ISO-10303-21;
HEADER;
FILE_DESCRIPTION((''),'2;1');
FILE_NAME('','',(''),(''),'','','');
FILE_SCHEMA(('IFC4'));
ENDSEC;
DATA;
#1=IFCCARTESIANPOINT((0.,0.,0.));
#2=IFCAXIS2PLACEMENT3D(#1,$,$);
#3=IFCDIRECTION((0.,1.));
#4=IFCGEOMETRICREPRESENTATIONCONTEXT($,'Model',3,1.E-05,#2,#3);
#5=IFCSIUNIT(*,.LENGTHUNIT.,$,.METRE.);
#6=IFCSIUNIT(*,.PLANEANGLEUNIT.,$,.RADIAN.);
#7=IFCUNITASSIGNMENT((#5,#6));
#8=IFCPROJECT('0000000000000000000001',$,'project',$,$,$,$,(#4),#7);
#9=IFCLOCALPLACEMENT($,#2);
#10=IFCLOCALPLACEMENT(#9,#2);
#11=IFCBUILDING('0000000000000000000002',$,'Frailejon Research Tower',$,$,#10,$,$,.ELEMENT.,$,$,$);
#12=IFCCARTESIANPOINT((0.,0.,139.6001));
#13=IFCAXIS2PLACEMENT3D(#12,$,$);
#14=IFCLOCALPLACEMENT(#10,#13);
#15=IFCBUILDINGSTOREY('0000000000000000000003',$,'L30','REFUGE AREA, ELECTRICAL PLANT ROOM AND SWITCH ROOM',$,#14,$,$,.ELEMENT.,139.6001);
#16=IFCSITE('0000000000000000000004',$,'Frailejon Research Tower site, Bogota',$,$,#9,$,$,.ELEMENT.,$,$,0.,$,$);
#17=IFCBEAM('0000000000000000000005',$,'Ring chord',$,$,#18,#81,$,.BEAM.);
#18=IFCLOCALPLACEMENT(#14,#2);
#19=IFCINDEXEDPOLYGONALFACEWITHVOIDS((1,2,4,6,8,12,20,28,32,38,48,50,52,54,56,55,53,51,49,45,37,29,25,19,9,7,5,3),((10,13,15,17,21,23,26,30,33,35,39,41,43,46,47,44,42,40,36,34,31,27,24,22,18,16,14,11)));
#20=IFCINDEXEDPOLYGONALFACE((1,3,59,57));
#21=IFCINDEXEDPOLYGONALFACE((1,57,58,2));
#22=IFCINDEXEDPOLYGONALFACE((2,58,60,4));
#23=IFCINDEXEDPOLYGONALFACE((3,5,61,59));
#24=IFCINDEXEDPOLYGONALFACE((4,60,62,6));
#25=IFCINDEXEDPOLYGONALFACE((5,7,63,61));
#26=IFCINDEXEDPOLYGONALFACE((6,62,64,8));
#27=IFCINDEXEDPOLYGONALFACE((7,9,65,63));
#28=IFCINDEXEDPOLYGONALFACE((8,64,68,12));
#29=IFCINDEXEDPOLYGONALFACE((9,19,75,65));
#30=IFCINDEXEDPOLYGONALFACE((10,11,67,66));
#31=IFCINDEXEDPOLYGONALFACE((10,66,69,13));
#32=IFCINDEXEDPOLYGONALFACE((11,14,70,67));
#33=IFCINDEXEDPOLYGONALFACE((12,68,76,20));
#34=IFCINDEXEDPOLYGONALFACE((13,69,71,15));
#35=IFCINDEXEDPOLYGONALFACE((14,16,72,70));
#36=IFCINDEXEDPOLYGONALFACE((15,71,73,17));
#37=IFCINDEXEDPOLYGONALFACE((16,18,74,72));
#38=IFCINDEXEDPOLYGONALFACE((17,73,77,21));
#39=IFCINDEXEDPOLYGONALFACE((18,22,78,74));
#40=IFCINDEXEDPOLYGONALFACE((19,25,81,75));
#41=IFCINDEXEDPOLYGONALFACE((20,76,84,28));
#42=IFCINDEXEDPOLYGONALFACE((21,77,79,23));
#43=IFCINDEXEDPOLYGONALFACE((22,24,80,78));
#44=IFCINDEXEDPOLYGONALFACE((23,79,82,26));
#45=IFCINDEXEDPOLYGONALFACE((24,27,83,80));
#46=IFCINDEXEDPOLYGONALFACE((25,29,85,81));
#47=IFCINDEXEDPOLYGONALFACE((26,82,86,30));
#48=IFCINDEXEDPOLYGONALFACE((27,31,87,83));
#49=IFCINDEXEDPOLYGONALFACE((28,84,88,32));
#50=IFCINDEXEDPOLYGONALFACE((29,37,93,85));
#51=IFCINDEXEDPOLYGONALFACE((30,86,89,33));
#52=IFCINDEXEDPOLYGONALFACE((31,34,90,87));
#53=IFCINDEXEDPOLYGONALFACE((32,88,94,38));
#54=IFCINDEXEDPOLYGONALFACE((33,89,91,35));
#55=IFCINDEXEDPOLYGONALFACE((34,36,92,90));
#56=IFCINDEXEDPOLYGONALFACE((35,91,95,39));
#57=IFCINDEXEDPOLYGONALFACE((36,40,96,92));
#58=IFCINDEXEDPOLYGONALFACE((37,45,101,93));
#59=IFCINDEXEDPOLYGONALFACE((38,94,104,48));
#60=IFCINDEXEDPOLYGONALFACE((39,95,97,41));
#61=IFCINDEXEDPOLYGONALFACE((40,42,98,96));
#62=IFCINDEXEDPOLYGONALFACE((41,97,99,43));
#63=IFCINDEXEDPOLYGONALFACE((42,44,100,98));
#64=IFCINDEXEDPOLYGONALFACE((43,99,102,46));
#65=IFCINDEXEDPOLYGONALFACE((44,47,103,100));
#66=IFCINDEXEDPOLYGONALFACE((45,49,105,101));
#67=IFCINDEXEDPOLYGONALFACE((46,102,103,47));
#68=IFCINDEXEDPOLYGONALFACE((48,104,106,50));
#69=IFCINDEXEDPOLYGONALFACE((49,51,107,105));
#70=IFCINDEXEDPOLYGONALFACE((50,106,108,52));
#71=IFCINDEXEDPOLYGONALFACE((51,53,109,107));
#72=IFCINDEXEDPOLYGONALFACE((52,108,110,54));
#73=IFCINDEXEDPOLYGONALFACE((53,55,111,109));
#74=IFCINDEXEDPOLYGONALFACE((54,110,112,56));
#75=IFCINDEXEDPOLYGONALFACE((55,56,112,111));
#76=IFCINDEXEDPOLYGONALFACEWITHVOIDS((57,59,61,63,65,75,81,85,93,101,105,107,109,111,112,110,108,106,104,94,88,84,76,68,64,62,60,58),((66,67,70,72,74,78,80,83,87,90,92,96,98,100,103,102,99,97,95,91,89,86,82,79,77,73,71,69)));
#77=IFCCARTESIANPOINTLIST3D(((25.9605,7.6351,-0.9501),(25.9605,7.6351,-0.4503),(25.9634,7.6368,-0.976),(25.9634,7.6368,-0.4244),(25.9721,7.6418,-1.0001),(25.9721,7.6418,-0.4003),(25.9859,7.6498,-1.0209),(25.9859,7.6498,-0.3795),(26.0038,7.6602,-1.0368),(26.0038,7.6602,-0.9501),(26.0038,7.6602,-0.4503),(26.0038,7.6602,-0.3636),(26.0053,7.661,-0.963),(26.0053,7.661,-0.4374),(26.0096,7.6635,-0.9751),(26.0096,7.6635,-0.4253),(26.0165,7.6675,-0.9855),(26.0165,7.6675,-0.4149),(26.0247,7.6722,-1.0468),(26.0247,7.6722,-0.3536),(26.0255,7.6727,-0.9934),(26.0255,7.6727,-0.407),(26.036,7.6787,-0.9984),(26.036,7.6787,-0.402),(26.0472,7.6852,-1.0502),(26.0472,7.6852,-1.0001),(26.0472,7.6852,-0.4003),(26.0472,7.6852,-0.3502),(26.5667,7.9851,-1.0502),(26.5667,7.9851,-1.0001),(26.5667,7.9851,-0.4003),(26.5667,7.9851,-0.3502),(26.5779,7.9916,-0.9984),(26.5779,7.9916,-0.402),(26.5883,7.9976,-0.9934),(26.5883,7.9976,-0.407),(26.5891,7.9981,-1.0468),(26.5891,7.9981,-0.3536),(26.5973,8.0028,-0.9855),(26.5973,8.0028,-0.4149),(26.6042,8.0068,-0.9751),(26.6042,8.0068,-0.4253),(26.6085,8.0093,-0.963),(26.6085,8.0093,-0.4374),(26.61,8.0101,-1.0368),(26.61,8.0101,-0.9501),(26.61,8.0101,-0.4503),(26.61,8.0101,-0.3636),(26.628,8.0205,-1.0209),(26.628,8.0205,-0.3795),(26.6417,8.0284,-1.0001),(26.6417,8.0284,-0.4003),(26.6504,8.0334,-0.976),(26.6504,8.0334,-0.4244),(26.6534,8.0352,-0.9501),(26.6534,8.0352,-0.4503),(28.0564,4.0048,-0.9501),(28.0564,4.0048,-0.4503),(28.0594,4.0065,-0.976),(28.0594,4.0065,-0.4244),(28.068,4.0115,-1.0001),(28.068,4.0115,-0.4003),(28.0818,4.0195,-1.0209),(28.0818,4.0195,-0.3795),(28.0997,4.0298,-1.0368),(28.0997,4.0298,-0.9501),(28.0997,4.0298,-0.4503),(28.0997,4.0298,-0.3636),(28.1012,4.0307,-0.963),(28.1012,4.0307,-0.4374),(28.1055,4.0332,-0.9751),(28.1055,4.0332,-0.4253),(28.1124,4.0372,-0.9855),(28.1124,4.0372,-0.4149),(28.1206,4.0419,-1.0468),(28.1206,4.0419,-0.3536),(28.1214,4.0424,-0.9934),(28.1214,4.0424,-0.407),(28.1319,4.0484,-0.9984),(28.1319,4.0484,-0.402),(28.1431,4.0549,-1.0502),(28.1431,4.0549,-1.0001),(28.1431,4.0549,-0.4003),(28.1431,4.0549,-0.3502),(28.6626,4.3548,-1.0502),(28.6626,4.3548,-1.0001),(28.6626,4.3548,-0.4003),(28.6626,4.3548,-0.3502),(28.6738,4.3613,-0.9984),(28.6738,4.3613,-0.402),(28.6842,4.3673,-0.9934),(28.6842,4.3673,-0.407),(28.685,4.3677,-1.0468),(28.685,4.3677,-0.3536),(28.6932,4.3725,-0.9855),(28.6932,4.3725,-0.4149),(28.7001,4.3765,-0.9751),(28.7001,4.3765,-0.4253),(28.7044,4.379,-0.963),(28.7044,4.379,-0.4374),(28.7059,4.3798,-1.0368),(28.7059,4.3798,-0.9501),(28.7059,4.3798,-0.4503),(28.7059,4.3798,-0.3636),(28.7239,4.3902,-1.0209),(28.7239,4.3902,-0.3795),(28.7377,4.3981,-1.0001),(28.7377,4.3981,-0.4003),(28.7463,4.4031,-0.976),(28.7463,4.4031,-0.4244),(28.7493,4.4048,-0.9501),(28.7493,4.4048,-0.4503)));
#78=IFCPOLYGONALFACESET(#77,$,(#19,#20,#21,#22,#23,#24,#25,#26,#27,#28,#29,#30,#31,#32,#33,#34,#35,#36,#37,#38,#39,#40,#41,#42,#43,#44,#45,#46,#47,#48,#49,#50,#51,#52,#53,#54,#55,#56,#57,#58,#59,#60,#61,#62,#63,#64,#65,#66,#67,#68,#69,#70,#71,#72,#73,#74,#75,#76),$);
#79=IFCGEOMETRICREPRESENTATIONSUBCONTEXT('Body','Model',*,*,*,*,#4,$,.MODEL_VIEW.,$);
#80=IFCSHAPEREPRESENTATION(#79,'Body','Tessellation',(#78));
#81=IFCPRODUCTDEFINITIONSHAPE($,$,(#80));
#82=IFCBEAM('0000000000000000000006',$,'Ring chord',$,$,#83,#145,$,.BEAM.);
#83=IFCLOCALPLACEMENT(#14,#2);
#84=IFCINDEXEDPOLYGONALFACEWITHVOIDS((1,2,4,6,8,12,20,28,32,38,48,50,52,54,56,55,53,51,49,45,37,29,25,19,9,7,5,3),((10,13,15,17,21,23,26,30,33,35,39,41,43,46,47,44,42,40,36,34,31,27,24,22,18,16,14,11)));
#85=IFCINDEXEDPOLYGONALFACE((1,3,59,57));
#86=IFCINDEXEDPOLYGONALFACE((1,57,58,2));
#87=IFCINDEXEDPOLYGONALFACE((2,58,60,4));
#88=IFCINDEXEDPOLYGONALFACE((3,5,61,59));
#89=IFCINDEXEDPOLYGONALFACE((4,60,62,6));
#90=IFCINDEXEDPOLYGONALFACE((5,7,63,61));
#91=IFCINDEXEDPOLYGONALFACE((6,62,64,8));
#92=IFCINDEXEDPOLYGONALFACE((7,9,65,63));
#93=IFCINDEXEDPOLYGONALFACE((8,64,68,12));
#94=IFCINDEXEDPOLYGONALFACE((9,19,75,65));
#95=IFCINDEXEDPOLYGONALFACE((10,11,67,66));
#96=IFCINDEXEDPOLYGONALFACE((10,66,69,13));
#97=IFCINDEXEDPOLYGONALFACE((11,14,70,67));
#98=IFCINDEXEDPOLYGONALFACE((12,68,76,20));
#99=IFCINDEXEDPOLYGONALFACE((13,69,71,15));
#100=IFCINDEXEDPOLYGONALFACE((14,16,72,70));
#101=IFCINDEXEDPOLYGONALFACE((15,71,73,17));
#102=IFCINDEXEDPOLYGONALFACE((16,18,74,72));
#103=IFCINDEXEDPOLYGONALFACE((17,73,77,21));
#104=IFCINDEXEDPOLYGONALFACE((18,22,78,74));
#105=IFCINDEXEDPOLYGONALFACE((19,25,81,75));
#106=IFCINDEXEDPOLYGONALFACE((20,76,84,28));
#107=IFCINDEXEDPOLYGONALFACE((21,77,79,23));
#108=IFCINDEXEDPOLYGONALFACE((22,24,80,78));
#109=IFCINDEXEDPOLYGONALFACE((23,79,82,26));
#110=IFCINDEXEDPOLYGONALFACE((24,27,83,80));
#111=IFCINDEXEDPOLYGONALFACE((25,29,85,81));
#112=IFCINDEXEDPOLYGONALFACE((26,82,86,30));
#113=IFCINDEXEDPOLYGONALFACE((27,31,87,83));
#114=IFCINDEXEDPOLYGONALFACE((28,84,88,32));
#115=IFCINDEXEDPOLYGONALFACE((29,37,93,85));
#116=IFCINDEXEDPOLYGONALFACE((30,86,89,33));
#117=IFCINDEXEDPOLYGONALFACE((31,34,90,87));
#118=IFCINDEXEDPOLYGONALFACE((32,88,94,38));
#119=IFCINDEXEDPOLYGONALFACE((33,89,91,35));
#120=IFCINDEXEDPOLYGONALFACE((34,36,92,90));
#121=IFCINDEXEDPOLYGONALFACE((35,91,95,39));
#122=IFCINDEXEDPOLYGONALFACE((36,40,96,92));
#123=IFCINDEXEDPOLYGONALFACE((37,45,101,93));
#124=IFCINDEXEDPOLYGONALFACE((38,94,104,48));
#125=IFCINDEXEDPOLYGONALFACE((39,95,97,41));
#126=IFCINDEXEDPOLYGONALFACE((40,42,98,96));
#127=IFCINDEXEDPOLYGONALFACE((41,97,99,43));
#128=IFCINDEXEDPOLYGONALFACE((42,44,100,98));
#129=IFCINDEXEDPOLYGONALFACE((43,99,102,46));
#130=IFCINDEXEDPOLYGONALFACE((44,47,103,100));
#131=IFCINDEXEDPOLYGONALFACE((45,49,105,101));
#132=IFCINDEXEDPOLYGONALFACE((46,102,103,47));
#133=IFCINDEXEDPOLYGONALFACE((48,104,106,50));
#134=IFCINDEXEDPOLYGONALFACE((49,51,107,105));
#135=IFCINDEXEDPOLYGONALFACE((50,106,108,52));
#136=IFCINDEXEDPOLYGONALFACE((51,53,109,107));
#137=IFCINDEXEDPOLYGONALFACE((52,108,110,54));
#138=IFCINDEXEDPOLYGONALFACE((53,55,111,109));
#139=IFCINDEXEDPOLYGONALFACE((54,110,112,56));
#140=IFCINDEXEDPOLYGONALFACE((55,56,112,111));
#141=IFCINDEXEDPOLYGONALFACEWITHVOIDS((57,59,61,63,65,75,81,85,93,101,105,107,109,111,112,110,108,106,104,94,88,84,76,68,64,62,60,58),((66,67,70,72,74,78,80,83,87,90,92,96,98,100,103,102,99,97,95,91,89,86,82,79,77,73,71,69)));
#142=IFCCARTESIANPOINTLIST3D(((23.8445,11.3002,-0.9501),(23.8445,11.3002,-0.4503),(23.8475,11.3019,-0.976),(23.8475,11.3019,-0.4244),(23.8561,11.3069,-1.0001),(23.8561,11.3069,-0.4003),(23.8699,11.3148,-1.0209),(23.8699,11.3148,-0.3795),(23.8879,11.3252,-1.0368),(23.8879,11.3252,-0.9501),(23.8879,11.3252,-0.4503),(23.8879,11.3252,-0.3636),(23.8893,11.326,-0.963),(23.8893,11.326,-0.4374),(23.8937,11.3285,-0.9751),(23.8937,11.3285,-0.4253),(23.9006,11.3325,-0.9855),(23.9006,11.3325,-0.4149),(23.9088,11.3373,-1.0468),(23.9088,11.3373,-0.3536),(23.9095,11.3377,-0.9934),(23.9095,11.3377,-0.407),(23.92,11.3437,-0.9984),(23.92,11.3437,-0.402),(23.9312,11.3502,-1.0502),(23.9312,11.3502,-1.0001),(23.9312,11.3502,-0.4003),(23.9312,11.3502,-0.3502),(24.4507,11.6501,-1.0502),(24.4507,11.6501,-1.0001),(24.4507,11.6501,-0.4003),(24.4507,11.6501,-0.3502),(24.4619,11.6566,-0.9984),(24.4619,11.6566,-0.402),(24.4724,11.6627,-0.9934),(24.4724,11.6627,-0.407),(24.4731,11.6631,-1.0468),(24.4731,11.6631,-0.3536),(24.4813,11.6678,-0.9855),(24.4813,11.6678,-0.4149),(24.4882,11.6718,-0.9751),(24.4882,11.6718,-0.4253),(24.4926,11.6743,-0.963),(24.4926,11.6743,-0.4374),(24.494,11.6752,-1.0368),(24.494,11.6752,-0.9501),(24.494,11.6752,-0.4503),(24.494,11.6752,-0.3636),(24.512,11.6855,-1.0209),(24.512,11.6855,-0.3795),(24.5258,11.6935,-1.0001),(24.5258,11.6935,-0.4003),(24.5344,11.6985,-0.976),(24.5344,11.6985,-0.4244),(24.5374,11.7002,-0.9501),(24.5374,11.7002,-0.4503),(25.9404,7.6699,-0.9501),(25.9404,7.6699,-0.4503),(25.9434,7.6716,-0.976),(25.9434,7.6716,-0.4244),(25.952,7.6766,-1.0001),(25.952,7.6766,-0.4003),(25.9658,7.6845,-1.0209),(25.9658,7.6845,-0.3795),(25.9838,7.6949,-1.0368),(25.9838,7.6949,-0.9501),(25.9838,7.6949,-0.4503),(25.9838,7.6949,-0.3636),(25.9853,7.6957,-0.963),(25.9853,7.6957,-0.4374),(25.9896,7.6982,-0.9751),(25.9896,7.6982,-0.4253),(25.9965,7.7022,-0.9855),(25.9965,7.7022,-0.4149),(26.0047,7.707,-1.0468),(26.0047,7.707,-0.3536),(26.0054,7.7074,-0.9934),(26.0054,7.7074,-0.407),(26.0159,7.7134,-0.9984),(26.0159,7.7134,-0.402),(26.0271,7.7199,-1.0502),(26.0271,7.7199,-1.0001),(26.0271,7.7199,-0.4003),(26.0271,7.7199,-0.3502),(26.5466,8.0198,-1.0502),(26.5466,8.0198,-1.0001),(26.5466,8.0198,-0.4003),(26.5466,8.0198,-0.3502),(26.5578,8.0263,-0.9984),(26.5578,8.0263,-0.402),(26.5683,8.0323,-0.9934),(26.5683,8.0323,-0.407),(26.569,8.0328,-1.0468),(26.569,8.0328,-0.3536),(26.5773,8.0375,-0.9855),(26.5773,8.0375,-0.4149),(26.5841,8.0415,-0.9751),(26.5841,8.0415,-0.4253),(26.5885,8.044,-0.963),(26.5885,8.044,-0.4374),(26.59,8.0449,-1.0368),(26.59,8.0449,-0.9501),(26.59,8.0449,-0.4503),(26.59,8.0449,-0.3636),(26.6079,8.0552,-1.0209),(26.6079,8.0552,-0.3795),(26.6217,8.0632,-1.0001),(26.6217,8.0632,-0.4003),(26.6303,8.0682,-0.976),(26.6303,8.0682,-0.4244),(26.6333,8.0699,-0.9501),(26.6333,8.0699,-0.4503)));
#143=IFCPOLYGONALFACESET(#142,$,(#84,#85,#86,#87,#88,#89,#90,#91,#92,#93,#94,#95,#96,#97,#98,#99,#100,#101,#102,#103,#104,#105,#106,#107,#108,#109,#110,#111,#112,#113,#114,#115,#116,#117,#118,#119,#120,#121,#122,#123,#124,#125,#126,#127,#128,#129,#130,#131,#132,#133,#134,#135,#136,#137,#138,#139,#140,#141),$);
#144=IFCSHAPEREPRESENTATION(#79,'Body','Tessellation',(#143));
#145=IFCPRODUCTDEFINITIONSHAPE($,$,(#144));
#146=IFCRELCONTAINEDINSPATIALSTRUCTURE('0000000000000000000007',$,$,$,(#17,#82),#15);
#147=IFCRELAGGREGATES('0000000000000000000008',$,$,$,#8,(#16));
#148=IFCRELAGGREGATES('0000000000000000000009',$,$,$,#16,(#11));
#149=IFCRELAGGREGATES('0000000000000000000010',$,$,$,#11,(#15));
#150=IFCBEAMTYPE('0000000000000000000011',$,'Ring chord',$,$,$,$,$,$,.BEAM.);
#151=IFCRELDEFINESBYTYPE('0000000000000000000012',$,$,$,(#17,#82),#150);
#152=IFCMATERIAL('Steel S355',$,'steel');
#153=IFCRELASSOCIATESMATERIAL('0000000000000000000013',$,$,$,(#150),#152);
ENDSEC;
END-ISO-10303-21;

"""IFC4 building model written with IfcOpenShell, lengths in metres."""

from ifc_helpers import new_model, si_unit, direction, frame, origin, origin_2d, place, context, subcontext, project, spatial, hollow_rectangle, extrude, material, material_profile, profile_set, type_object, element, save


model = new_model("IFC4")

# Units and contexts
model_context = context("Model", 3, precision=1e-05, world=origin(), true_north=direction((0.0, 1.0)))
body_context = subcontext(model_context, "Body", "Model", "MODEL_VIEW")
ifc_project = project(units=[si_unit("LENGTHUNIT", "METRE"), si_unit("PLANEANGLEUNIT", "RADIAN")], contexts=[model_context])

# Site, building, storey
site_placement = place(None, origin())
site = spatial("IfcSite", under=ifc_project, at=site_placement, Name="Frailejon Research Tower site, Bogota", CompositionType="ELEMENT", RefElevation=0.0)
building_placement = place(site_placement, origin())
building = spatial("IfcBuilding", under=site, at=building_placement, Name="Frailejon Research Tower", CompositionType="ELEMENT")
storey_placement = place(building_placement, frame((0.0, 0.0, 139.6001)))
storey = spatial("IfcBuildingStorey", under=building, at=storey_placement, Name="L30", Description="REFUGE AREA, ELECTRICAL PLANT ROOM AND SWITCH ROOM", CompositionType="ELEMENT", Elevation=139.6001)

# Beams
ifc_material_1 = material(Name="Steel S355", Category="steel")
ifc_material_profile_1 = material_profile(ifc_material_1, hollow_rectangle(XDim=0.8, YDim=0.7, WallThickness=0.05, InnerFilletRadius=0.05, OuterFilletRadius=0.1001, at=origin_2d()), Name="Ring chord")
ifc_profile_set_1 = profile_set([ifc_material_profile_1], Name="Steel S355")
beam_type_1 = type_object("IfcBeamType", Name="Ring chord", PredefinedType="BEAM", material=ifc_profile_set_1)
for number, where, z_axis, x_axis, name in (
    (1, (28.4028, 4.2048, -0.7002), (-0.499991, 0.86603, 0.0), (-0.86603, -0.499991, 0.0), "Ring chord"),
    (2, (26.2869, 7.8699, -0.7002), (-0.499991, 0.86603, 0.0), (-0.86603, -0.499991, 0.0), "Ring chord"),
):
    element("IfcBeam", number, at=place(storey_placement, frame(where, z_axis=z_axis, x_axis=x_axis)), inside=storey, type_object=beam_type_1, Name=name, PredefinedType="BEAM", context=body_context, shape_type="SweptSolid", body=[
        extrude(hollow_rectangle(XDim=0.8, YDim=0.7, WallThickness=0.05, InnerFilletRadius=0.05, OuterFilletRadius=0.1001, at=origin_2d()), origin(), (0.0, 0.0, 1.0), 4.1919),
    ])

save(model, "model.ifc")
